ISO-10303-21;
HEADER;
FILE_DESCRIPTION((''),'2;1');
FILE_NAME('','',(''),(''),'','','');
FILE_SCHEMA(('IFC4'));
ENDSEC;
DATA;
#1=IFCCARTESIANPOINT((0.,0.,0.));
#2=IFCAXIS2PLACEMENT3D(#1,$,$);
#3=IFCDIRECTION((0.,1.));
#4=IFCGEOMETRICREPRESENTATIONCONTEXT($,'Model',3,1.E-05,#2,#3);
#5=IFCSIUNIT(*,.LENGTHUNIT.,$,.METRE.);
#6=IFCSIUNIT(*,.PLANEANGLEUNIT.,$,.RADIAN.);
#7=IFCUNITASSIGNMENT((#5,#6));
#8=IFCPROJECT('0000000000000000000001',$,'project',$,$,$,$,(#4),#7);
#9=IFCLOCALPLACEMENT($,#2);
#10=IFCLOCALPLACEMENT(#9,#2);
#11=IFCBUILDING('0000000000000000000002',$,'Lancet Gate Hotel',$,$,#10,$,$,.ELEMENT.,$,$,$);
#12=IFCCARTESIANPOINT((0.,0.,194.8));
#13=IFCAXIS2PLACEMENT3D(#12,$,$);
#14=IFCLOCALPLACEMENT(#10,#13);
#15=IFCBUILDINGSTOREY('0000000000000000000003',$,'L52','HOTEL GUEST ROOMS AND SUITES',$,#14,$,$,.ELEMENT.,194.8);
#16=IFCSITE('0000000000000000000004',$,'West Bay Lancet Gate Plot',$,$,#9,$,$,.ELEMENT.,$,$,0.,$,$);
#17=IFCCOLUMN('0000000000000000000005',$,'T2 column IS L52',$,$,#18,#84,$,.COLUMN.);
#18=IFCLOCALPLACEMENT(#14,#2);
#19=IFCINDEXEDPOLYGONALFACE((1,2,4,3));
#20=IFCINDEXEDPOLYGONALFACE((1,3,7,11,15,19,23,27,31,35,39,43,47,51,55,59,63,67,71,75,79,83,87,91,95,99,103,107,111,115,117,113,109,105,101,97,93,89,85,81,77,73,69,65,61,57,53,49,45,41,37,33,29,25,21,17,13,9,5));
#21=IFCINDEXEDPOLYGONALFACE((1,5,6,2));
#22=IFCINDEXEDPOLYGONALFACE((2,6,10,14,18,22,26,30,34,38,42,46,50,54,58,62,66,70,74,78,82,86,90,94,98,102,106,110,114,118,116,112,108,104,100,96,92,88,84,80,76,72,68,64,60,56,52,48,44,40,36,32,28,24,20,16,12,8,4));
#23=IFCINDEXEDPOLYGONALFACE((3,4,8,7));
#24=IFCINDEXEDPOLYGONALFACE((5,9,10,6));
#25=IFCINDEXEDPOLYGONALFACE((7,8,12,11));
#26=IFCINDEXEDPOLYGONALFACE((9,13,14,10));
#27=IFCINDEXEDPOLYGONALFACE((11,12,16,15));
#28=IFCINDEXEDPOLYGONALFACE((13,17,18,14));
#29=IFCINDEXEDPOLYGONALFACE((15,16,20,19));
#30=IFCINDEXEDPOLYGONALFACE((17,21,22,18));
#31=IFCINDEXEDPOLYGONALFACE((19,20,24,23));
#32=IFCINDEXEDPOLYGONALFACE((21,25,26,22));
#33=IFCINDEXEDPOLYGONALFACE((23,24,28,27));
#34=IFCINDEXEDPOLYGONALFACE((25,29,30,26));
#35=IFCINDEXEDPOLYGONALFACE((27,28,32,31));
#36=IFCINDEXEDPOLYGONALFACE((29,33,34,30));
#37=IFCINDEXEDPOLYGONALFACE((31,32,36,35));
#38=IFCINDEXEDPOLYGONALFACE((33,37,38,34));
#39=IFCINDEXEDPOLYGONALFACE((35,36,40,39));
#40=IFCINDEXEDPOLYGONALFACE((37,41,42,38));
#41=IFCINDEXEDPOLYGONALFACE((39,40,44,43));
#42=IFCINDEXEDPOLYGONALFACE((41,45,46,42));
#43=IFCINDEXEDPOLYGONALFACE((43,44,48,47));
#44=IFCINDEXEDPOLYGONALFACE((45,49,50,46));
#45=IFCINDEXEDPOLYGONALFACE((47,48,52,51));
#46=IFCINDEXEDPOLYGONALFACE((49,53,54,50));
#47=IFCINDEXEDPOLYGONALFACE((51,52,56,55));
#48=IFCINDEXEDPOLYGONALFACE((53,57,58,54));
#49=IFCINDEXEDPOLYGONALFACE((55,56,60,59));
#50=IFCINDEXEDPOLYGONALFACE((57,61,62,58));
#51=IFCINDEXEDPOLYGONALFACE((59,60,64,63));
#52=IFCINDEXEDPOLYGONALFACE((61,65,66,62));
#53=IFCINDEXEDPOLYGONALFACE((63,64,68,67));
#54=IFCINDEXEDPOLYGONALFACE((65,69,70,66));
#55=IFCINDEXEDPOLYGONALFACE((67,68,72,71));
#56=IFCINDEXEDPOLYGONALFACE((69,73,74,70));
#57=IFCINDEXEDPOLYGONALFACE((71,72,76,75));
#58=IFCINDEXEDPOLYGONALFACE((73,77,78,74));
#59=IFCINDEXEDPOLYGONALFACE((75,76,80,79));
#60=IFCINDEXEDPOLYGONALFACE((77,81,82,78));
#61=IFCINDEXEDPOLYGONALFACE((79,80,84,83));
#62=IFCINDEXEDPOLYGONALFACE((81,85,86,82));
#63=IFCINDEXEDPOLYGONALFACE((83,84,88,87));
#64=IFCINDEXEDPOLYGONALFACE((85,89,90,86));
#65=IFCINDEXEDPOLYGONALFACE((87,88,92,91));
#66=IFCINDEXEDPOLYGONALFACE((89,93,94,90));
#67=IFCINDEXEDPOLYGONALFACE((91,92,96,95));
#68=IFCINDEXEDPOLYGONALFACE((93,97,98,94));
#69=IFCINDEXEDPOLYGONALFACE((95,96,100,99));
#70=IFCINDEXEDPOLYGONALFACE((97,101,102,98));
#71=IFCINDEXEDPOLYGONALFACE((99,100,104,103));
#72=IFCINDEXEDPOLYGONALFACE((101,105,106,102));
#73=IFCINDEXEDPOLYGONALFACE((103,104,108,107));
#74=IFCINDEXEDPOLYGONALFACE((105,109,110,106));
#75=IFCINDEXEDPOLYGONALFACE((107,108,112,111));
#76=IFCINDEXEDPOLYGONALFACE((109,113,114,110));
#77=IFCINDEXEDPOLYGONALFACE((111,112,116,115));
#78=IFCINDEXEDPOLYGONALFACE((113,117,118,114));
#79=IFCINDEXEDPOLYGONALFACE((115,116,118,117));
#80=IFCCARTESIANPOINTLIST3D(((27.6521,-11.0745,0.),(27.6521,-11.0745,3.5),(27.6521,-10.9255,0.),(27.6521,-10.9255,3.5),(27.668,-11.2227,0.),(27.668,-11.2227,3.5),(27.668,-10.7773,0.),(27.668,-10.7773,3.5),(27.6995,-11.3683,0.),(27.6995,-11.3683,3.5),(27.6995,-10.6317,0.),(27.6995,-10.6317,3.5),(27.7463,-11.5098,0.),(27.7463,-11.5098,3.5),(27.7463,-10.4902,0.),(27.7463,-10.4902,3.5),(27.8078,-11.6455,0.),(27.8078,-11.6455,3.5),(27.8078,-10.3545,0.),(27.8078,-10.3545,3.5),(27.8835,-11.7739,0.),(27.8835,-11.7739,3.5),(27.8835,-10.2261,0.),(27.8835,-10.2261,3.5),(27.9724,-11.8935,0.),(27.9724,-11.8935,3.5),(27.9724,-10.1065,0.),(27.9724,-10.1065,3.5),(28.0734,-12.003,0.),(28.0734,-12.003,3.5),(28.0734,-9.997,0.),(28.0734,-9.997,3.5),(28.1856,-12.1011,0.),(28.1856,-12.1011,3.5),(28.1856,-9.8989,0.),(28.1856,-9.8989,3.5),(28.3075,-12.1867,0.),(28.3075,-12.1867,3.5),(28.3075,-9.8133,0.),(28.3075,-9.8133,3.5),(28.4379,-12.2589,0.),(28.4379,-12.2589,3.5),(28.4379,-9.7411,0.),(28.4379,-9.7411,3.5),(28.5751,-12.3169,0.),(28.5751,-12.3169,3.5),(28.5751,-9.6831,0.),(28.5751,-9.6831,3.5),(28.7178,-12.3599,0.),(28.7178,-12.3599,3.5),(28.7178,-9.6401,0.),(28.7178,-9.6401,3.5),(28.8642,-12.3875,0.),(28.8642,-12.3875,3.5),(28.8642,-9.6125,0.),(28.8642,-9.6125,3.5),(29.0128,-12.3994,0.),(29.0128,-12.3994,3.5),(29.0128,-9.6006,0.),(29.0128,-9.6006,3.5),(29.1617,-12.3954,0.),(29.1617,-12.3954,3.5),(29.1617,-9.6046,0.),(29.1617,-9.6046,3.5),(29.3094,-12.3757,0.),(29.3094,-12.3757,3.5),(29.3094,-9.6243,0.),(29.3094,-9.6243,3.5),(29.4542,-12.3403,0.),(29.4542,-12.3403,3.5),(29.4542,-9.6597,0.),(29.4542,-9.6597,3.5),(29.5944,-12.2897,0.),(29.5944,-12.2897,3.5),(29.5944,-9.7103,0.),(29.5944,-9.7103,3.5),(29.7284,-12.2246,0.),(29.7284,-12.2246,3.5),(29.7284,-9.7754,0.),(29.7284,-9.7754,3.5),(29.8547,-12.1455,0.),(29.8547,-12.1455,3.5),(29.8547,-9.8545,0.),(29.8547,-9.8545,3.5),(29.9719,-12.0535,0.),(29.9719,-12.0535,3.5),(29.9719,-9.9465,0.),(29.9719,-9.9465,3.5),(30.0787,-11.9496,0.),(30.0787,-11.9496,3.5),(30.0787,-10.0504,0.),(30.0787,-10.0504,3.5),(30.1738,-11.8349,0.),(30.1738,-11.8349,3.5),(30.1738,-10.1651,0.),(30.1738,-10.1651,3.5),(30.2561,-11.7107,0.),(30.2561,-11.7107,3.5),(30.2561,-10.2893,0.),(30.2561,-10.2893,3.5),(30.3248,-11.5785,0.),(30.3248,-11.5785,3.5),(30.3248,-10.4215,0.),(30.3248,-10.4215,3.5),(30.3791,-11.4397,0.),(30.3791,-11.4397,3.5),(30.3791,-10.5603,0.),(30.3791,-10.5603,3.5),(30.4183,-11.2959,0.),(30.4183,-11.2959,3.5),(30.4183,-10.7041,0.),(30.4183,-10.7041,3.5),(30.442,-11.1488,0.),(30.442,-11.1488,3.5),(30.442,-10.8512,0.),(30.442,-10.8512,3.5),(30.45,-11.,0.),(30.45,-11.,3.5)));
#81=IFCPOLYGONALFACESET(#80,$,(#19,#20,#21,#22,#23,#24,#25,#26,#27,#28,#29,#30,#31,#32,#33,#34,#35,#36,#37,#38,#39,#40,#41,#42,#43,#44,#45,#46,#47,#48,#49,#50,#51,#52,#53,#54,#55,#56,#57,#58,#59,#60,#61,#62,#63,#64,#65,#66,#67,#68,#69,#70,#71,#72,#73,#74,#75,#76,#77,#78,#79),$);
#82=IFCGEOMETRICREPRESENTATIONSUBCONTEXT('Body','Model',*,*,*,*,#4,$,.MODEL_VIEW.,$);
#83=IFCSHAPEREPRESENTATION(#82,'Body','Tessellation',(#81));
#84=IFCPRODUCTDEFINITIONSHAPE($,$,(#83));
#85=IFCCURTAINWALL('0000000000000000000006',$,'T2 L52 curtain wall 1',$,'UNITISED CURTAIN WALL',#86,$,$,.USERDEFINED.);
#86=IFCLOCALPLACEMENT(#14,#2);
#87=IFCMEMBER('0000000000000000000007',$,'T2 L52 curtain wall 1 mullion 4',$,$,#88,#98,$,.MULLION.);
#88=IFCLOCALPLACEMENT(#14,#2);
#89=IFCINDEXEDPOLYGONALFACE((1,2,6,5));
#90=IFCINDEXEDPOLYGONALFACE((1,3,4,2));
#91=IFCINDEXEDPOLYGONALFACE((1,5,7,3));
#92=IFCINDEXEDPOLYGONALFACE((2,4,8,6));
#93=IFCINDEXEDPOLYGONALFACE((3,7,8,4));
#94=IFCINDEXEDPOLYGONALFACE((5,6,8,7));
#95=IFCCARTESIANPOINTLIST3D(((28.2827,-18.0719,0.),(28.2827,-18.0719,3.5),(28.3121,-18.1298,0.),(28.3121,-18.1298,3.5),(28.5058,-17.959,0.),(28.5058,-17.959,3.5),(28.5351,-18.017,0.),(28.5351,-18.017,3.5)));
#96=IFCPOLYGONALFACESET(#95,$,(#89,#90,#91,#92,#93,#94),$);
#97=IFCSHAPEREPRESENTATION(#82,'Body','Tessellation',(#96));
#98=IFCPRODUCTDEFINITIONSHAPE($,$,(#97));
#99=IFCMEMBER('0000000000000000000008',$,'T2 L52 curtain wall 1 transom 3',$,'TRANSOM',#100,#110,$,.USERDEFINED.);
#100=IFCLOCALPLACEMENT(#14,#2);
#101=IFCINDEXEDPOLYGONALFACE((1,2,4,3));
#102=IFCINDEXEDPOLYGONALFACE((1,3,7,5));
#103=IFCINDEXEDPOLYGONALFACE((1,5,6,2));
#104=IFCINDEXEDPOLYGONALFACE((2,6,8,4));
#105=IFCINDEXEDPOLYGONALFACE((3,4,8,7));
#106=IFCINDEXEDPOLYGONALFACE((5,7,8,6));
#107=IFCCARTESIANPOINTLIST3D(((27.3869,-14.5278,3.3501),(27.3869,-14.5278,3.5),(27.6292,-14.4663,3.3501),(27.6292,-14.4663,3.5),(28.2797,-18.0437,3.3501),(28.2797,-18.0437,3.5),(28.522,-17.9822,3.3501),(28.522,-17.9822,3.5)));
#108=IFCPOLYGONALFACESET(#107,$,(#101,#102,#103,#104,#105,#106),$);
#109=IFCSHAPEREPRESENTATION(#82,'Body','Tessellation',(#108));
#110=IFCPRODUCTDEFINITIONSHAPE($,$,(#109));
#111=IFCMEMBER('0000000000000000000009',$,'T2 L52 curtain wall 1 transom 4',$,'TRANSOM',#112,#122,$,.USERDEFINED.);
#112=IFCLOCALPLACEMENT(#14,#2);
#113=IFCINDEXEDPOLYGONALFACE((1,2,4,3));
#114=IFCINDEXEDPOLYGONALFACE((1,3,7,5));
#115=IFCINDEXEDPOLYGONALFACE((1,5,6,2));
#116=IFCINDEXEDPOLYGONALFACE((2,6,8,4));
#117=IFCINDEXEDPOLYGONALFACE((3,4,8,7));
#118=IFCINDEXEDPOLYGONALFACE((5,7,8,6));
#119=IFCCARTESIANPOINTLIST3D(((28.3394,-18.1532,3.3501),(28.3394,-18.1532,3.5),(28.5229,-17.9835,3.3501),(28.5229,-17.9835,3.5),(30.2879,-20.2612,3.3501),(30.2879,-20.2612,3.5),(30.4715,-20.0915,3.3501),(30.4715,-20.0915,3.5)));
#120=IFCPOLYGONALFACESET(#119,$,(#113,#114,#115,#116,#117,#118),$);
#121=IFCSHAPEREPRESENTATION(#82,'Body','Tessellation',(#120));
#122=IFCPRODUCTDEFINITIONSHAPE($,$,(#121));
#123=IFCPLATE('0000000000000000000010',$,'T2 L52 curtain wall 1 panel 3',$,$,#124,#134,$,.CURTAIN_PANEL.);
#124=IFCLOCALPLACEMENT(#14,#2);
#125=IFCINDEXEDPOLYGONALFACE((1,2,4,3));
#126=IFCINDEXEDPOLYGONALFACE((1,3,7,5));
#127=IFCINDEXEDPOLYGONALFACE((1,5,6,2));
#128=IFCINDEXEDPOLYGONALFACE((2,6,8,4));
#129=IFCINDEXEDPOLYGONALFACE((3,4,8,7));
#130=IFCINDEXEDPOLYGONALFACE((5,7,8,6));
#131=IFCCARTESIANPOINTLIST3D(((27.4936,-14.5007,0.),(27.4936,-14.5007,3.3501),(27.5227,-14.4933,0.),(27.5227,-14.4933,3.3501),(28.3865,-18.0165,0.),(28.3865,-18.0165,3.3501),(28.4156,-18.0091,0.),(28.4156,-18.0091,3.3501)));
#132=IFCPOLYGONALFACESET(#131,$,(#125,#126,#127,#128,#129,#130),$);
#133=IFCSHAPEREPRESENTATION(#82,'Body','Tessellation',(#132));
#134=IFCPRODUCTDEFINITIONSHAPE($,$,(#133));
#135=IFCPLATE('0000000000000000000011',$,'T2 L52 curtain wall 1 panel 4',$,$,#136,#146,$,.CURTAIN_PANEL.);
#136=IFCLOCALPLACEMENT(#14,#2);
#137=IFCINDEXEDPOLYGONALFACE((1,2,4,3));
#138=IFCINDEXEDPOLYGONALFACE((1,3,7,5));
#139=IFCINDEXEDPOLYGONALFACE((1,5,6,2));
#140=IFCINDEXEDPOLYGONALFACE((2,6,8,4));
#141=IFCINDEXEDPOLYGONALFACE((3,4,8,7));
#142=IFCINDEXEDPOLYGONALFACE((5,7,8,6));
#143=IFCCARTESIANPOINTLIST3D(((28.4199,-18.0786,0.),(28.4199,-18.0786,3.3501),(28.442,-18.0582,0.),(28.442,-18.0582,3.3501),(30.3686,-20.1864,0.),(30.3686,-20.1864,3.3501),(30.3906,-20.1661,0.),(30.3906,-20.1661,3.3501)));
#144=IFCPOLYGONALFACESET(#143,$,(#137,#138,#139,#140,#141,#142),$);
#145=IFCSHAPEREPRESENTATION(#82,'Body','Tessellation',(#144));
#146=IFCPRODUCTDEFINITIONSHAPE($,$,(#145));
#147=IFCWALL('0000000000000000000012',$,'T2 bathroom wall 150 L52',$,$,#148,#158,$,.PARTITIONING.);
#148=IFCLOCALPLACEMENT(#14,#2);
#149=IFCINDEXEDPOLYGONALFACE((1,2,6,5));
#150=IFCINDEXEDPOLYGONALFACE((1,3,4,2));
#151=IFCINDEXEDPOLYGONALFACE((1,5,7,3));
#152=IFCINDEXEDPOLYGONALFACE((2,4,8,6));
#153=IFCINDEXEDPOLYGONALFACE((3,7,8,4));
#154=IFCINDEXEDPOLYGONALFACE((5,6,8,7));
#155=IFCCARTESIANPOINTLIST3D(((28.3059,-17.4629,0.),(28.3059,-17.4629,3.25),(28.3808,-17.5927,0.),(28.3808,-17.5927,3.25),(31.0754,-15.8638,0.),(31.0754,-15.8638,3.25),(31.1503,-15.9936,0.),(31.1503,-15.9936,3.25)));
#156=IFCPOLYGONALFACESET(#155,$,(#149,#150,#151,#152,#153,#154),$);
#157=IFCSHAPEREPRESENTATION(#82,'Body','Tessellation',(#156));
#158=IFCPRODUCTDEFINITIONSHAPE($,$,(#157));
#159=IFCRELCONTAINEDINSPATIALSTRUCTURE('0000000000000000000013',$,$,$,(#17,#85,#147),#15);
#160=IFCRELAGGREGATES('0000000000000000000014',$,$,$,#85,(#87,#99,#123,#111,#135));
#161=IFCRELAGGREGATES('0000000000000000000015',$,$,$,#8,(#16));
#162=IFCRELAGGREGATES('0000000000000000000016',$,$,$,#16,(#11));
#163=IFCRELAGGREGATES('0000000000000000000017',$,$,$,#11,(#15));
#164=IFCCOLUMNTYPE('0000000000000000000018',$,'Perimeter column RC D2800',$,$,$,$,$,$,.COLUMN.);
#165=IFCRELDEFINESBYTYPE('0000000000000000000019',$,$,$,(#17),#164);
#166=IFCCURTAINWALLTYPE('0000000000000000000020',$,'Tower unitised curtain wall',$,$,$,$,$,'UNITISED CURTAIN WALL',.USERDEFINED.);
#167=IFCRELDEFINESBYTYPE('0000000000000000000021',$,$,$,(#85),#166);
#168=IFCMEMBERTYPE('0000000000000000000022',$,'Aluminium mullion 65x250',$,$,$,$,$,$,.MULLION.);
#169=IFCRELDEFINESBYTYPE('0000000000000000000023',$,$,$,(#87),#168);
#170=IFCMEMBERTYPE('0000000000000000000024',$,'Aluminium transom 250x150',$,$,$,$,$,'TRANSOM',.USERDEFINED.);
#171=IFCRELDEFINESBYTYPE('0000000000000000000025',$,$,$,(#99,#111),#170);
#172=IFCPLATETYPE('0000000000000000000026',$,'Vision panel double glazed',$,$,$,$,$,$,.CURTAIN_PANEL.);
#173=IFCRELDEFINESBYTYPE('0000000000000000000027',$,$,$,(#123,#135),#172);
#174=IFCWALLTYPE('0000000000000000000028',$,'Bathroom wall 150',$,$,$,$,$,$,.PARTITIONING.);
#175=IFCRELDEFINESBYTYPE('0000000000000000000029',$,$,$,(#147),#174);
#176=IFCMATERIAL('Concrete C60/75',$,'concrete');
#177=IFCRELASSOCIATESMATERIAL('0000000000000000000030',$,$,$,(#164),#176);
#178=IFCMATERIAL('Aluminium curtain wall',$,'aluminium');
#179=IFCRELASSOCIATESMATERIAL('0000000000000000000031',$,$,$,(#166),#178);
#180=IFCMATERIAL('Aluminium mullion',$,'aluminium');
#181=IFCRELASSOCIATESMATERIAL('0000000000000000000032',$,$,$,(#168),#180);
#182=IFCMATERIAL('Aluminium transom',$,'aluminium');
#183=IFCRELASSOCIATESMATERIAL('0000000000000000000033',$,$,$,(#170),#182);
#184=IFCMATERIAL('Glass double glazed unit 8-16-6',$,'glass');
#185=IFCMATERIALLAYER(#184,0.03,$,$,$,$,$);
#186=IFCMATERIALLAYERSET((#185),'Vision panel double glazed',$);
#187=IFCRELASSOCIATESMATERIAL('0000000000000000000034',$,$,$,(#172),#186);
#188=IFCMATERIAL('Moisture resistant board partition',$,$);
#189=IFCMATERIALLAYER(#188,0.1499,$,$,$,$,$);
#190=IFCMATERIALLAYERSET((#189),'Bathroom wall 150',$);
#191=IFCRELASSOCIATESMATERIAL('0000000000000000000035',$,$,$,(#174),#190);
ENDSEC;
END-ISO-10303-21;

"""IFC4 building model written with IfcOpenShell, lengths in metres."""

from ifc_helpers import new_model, si_unit, direction, frame, frame_2d, origin, origin_2d, place, context, subcontext, project, spatial, rectangle, circle, extrude, material, layer, layer_set, material_profile, profile_set, type_object, element, aggregate, save


model = new_model("IFC4")

# Units and contexts
model_context = context("Model", 3, precision=1e-05, world=origin(), true_north=direction((0.0, 1.0)))
body_context = subcontext(model_context, "Body", "Model", "MODEL_VIEW")
ifc_project = project(units=[si_unit("LENGTHUNIT", "METRE"), si_unit("PLANEANGLEUNIT", "RADIAN")], contexts=[model_context])

# Site, building, storey
site_placement = place(None, origin())
site = spatial("IfcSite", under=ifc_project, at=site_placement, Name="West Bay Lancet Gate Plot", CompositionType="ELEMENT", RefElevation=0.0)
building_placement = place(site_placement, origin())
building = spatial("IfcBuilding", under=site, at=building_placement, Name="Lancet Gate Hotel", CompositionType="ELEMENT")
storey_placement = place(building_placement, frame((0.0, 0.0, 194.8)))
storey = spatial("IfcBuildingStorey", under=building, at=storey_placement, Name="L52", Description="HOTEL GUEST ROOMS AND SUITES", CompositionType="ELEMENT", Elevation=194.8)

# Column
ifc_material_1 = material(Name="Concrete C60/75", Category="concrete")
ifc_material_profile_1 = material_profile(ifc_material_1, circle(Radius=1.3999, at=origin_2d()), Name="RC D2800")
ifc_profile_set_1 = profile_set([ifc_material_profile_1], Name="Concrete C60/75")
column_type = type_object("IfcColumnType", Name="Perimeter column RC D2800", PredefinedType="COLUMN", material=ifc_profile_set_1)
column_placement = place(storey_placement, frame((29.05, -11.0, 0.0), z_axis=(0.0, 0.0, 1.0), x_axis=(1.0, 0.0, 0.0)))
element("IfcColumn", 1, at=column_placement, inside=storey, type_object=column_type, Name="T2 column IS L52", PredefinedType="COLUMN", context=body_context, shape_type="SweptSolid", body=[
    extrude(circle(Radius=1.3999, at=origin_2d()), origin(), (0.0, 0.0, 1.0), 3.5),
])

# Curtain wall, members, plates
ifc_material_2 = material(Name="Aluminium curtain wall", Category="aluminium")
curtain_wall_type = type_object("IfcCurtainWallType", Name="Tower unitised curtain wall", ElementType="UNITISED CURTAIN WALL", PredefinedType="USERDEFINED", material=ifc_material_2)
curtain_wall_placement = place(storey_placement, origin())
curtain_wall = element("IfcCurtainWall", 2, at=curtain_wall_placement, inside=storey, type_object=curtain_wall_type, Name="T2 L52 curtain wall 1", ObjectType="UNITISED CURTAIN WALL", PredefinedType="USERDEFINED")
ifc_material_3 = material(Name="Aluminium mullion", Category="aluminium")
ifc_material_profile_2 = material_profile(ifc_material_3, rectangle(XDim=0.0649, YDim=0.25, at=origin_2d()), Name="MULLION 65x250")
ifc_profile_set_2 = profile_set([ifc_material_profile_2], Name="Aluminium mullion")
member_type_1 = type_object("IfcMemberType", Name="Aluminium mullion 65x250", PredefinedType="MULLION", material=ifc_profile_set_2)
member_1_placement = place(storey_placement, frame((28.4089, -18.0444, 0.0), z_axis=(0.0, 0.0, 1.0), x_axis=(0.451506, -0.892268, 0.0)))
member_1 = element("IfcMember", 3, at=member_1_placement, type_object=member_type_1, Name="T2 L52 curtain wall 1 mullion 4", PredefinedType="MULLION", context=body_context, shape_type="SweptSolid", body=[
    extrude(rectangle(XDim=0.0649, YDim=0.25, at=origin_2d()), origin(), (0.0, 0.0, 1.0), 3.5),
])
ifc_material_4 = material(Name="Aluminium transom", Category="aluminium")
ifc_material_profile_3 = material_profile(ifc_material_4, rectangle(XDim=0.25, YDim=0.1499, at=origin_2d()), Name="TRANSOM 250x150")
ifc_profile_set_3 = profile_set([ifc_material_profile_3], Name="Aluminium transom")
member_type_2 = type_object("IfcMemberType", Name="Aluminium transom 250x150", ElementType="TRANSOM", PredefinedType="USERDEFINED", material=ifc_profile_set_3)
member_2_placement = place(storey_placement, frame((27.5081, -14.4971, 3.425), z_axis=(0.246129, -0.969237, 0.0), x_axis=(0.969237, 0.246129, 0.0)))
member_2 = element("IfcMember", 4, at=member_2_placement, type_object=member_type_2, Name="T2 L52 curtain wall 1 transom 3", ObjectType="TRANSOM", PredefinedType="USERDEFINED", context=body_context, shape_type="SweptSolid", body=[
    extrude(rectangle(XDim=0.25, YDim=0.1499, at=origin_2d()), origin(), (0.0, 0.0, 1.0), 3.6274),
])
member_3_placement = place(storey_placement, frame((28.4312, -18.0684, 3.425), z_axis=(0.678792, -0.73433, 0.0), x_axis=(0.73433, 0.678792, 0.0)))
member_3 = element("IfcMember", 5, at=member_3_placement, type_object=member_type_2, Name="T2 L52 curtain wall 1 transom 4", ObjectType="TRANSOM", PredefinedType="USERDEFINED", context=body_context, shape_type="SweptSolid", body=[
    extrude(rectangle(XDim=0.25, YDim=0.1499, at=origin_2d()), origin(), (0.0, 0.0, 1.0), 2.8706),
])
ifc_material_5 = material(Name="Glass double glazed unit 8-16-6", Category="glass")
ifc_layer_1 = layer(ifc_material_5, 0.03)
ifc_layer_set_1 = layer_set([ifc_layer_1], Name="Vision panel double glazed")
plate_type = type_object("IfcPlateType", Name="Vision panel double glazed", PredefinedType="CURTAIN_PANEL", material=ifc_layer_set_1)
plate_1_placement = place(storey_placement, frame((27.9546, -16.2549, 0.0), z_axis=(0.0, 0.0, 1.0), x_axis=(0.246167, -0.969228, 0.0)))
plate_1 = element("IfcPlate", 6, at=plate_1_placement, type_object=plate_type, Name="T2 L52 curtain wall 1 panel 3", PredefinedType="CURTAIN_PANEL", context=body_context, shape_type="SweptSolid", body=[
    extrude(rectangle(XDim=3.6274, YDim=0.03, at=origin_2d()), origin(), (0.0, 0.0, 1.0), 3.3501),
])
plate_2_placement = place(storey_placement, frame((29.4053, -19.1223, 0.0), z_axis=(0.0, 0.0, 1.0), x_axis=(0.678831, -0.734294, 0.0)))
plate_2 = element("IfcPlate", 7, at=plate_2_placement, type_object=plate_type, Name="T2 L52 curtain wall 1 panel 4", PredefinedType="CURTAIN_PANEL", context=body_context, shape_type="SweptSolid", body=[
    extrude(rectangle(XDim=2.8706, YDim=0.03, at=origin_2d()), origin(), (0.0, 0.0, 1.0), 3.3501),
])
aggregate(curtain_wall, [member_1, member_2, plate_1, member_3, plate_2])

# Wall
ifc_material_6 = material(Name="Moisture resistant board partition")
ifc_layer_2 = layer(ifc_material_6, 0.1499)
ifc_layer_set_2 = layer_set([ifc_layer_2], Name="Bathroom wall 150")
wall_type_1 = type_object("IfcWallType", Name="Bathroom wall 150", PredefinedType="PARTITIONING", material=ifc_layer_set_2)
wall_1_placement = place(storey_placement, frame((28.3433, -17.5278, 0.0), z_axis=(0.0, 0.0, 1.0), x_axis=(0.866008, 0.500031, 0.0)))
element("IfcWall", 8, at=wall_1_placement, inside=storey, type_object=wall_type_1, Name="T2 bathroom wall 150 L52", PredefinedType="PARTITIONING", context=body_context, shape_type="SweptSolid", body=[
    extrude(rectangle(XDim=3.198, YDim=0.1499, at=frame_2d((1.5991, 0.0))), origin(), (0.0, 0.0, 1.0), 3.25),
])

save(model, "model.ifc")
